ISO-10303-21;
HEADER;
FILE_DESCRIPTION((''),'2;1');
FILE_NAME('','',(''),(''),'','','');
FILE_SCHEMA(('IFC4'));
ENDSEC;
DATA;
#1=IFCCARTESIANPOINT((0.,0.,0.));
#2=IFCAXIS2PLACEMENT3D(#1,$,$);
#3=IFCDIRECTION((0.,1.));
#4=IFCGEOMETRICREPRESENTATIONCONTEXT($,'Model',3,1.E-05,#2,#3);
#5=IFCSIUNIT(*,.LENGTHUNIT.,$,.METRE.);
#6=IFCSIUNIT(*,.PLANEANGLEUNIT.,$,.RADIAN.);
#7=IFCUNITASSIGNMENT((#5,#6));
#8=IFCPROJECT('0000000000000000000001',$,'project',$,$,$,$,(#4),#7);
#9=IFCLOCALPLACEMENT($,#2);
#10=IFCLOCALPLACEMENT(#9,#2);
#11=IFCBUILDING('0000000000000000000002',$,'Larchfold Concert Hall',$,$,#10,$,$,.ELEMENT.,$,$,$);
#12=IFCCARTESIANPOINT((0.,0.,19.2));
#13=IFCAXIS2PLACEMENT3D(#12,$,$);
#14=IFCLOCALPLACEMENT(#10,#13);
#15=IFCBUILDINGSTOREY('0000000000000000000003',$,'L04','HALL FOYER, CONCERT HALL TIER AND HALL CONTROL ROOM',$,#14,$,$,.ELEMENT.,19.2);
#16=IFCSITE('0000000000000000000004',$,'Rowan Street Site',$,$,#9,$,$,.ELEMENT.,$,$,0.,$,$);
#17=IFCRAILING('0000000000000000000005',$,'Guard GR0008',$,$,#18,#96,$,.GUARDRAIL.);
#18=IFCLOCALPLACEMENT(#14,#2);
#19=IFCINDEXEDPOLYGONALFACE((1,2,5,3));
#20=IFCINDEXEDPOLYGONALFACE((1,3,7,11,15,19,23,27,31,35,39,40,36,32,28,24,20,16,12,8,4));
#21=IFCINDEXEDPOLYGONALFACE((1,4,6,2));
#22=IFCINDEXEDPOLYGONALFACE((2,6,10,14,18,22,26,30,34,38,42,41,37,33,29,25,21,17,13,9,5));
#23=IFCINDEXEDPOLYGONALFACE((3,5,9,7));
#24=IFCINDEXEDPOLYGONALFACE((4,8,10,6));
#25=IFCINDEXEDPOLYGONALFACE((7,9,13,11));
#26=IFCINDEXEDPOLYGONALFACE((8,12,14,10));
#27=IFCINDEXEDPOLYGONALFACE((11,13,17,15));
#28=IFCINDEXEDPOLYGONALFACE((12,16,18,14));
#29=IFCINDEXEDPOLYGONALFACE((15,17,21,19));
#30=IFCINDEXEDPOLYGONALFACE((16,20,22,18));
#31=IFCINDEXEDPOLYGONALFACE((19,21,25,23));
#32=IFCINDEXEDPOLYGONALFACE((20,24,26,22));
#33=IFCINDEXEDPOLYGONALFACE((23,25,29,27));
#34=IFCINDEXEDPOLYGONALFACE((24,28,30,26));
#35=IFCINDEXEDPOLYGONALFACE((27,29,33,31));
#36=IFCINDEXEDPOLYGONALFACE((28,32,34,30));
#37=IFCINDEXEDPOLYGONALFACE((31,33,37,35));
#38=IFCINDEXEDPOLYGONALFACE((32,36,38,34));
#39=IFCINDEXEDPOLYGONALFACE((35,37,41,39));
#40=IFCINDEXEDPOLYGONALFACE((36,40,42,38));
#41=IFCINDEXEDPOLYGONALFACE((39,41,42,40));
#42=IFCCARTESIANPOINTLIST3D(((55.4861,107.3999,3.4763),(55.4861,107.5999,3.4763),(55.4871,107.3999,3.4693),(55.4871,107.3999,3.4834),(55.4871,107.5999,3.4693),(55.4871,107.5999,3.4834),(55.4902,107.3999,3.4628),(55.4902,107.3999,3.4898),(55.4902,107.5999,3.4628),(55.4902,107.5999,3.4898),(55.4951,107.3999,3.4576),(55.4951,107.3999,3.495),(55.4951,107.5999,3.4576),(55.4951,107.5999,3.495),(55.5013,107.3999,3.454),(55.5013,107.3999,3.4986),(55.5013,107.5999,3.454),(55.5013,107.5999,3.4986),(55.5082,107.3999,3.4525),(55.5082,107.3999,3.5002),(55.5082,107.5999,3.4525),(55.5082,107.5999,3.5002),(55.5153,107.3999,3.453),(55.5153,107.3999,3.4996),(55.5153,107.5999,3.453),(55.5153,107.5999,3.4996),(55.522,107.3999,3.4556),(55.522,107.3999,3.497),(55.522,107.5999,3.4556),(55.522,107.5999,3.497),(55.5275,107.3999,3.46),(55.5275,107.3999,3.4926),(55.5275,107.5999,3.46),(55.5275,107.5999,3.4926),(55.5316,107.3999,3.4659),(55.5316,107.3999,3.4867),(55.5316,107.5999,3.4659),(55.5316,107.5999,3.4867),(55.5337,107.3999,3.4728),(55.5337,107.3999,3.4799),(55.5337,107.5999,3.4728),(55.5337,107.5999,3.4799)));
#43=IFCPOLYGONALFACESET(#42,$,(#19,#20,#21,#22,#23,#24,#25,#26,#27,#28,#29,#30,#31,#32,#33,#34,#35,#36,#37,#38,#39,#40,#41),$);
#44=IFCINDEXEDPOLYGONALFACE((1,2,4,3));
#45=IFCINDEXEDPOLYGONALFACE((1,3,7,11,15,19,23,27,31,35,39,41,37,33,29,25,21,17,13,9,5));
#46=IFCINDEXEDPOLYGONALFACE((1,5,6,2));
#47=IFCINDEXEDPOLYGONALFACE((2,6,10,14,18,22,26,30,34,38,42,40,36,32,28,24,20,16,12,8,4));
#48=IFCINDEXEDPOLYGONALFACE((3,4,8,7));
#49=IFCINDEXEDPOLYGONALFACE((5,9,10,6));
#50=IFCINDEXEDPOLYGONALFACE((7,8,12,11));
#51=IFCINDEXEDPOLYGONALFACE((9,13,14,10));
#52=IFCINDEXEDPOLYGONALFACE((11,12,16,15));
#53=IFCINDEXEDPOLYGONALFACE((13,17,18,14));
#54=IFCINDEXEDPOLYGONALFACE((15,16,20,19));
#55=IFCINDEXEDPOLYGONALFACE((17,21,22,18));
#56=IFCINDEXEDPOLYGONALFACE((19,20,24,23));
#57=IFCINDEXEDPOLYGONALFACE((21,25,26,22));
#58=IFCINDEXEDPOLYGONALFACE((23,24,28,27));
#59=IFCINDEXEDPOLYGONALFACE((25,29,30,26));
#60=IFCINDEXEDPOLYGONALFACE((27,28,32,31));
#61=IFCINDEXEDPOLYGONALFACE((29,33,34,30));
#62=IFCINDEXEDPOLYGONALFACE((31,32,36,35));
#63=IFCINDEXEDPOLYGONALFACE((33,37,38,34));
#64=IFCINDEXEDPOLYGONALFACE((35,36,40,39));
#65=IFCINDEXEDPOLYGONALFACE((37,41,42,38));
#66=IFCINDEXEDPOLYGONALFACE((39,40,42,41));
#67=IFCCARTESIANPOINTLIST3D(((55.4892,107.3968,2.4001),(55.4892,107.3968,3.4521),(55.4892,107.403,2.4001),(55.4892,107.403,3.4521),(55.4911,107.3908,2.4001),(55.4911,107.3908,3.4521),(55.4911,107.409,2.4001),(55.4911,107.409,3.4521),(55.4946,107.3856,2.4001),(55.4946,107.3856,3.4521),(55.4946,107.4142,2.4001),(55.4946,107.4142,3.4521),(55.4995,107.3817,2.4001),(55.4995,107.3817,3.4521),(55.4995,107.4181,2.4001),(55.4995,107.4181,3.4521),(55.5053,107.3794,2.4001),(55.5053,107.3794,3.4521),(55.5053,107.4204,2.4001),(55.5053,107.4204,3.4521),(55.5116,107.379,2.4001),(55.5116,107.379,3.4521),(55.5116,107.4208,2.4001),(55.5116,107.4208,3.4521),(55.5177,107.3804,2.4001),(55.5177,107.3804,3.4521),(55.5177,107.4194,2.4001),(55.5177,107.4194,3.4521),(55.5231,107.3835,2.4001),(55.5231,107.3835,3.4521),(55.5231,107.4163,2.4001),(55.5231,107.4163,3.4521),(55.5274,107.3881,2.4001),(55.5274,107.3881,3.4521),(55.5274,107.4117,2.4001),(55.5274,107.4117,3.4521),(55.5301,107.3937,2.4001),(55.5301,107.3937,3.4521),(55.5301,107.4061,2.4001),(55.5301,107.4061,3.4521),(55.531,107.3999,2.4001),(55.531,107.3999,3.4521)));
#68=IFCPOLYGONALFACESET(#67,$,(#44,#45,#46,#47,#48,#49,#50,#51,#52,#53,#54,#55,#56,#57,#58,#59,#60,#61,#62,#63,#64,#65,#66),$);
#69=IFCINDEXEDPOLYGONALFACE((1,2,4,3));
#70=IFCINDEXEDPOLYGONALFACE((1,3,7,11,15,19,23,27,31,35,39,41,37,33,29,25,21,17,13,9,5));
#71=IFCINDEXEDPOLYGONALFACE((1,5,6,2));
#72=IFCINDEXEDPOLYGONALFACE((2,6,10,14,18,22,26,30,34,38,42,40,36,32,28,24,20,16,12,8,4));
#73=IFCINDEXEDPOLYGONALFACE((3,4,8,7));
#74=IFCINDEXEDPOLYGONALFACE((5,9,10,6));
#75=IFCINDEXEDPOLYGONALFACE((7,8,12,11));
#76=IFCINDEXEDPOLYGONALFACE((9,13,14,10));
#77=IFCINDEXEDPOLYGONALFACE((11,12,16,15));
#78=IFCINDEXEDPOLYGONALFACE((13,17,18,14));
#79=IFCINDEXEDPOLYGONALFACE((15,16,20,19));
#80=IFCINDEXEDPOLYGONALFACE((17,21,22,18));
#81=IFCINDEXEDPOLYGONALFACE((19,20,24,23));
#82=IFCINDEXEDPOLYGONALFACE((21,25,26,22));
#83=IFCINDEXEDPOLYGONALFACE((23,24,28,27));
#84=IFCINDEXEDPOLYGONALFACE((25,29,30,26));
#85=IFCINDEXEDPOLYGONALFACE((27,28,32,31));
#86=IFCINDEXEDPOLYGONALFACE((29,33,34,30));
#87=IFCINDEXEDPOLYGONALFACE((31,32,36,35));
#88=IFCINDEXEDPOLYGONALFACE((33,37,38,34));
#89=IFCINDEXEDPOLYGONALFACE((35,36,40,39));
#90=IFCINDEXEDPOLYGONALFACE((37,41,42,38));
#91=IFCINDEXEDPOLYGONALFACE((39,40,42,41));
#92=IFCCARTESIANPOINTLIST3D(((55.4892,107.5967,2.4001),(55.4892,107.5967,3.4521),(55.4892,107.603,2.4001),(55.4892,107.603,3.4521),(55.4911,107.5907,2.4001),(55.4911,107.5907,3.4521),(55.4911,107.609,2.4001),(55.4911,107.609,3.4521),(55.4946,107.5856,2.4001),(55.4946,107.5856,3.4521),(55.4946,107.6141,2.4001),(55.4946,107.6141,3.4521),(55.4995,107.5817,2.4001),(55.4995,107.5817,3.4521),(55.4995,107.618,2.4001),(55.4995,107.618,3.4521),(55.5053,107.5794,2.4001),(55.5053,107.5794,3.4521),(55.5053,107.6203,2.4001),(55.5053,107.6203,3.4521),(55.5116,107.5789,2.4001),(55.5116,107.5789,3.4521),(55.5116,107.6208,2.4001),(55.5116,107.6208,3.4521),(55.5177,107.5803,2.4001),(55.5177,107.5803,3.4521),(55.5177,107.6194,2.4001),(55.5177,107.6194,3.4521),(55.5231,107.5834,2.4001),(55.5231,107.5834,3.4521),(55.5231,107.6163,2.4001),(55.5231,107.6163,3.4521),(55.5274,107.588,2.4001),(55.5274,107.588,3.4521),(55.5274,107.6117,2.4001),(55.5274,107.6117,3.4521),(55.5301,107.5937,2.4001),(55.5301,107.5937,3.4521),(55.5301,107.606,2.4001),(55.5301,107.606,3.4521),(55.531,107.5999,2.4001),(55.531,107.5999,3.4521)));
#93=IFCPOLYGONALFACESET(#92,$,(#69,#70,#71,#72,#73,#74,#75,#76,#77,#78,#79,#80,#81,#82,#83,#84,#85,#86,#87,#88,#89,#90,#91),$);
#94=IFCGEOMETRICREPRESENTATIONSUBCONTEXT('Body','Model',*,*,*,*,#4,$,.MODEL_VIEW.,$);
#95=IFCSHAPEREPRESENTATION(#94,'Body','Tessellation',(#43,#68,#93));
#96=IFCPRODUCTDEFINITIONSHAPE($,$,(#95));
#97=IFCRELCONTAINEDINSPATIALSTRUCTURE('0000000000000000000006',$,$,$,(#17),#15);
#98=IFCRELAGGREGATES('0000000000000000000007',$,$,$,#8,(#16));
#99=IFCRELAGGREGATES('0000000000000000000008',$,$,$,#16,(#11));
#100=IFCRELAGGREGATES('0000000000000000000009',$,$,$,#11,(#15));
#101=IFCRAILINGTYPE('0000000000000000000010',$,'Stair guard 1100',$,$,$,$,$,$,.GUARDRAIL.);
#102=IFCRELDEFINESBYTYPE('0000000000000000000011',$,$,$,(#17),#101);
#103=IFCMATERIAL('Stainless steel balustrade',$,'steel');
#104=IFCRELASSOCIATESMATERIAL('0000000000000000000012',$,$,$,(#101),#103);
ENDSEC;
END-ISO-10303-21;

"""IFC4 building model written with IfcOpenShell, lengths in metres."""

from ifc_helpers import new_model, si_unit, direction, frame, origin, origin_2d, place, context, subcontext, project, spatial, circle, extrude, material, type_object, element, save


model = new_model("IFC4")

# Units and contexts
model_context = context("Model", 3, precision=1e-05, world=origin(), true_north=direction((0.0, 1.0)))
body_context = subcontext(model_context, "Body", "Model", "MODEL_VIEW")
ifc_project = project(units=[si_unit("LENGTHUNIT", "METRE"), si_unit("PLANEANGLEUNIT", "RADIAN")], contexts=[model_context])

# Site, building, storey
site_placement = place(None, origin())
site = spatial("IfcSite", under=ifc_project, at=site_placement, Name="Rowan Street Site", CompositionType="ELEMENT", RefElevation=0.0)
building_placement = place(site_placement, origin())
building = spatial("IfcBuilding", under=site, at=building_placement, Name="Larchfold Concert Hall", CompositionType="ELEMENT")
storey_placement = place(building_placement, frame((0.0, 0.0, 19.2)))
storey = spatial("IfcBuildingStorey", under=building, at=storey_placement, Name="L04", Description="HALL FOYER, CONCERT HALL TIER AND HALL CONTROL ROOM", CompositionType="ELEMENT", Elevation=19.2)

# Railing
ifc_material_1 = material(Name="Stainless steel balustrade", Category="steel")
railing_type_1 = type_object("IfcRailingType", Name="Stair guard 1100", PredefinedType="GUARDRAIL", material=ifc_material_1)
railing_1_placement = place(storey_placement, frame((55.51, 107.3999, 2.4001)))
element("IfcRailing", 1, at=railing_1_placement, inside=storey, type_object=railing_type_1, Name="Guard GR0008", PredefinedType="GUARDRAIL", context=body_context, shape_type="SweptSolid", body=[
    extrude(circle(Radius=0.0239, at=origin_2d()), frame((0.0, 0.0, 1.0762), z_axis=(0.0, 1.0, 0.0), x_axis=(-1.0, 0.0, 0.0)), (0.0, 0.0, 1.0), 0.2),
    extrude(circle(Radius=0.021, at=origin_2d()), origin(), (0.0, 0.0, 1.0), 1.052),
    extrude(circle(Radius=0.021, at=origin_2d()), frame((0.0, 0.2, 0.0)), (0.0, 0.0, 1.0), 1.052),
])

save(model, "model.ifc")
